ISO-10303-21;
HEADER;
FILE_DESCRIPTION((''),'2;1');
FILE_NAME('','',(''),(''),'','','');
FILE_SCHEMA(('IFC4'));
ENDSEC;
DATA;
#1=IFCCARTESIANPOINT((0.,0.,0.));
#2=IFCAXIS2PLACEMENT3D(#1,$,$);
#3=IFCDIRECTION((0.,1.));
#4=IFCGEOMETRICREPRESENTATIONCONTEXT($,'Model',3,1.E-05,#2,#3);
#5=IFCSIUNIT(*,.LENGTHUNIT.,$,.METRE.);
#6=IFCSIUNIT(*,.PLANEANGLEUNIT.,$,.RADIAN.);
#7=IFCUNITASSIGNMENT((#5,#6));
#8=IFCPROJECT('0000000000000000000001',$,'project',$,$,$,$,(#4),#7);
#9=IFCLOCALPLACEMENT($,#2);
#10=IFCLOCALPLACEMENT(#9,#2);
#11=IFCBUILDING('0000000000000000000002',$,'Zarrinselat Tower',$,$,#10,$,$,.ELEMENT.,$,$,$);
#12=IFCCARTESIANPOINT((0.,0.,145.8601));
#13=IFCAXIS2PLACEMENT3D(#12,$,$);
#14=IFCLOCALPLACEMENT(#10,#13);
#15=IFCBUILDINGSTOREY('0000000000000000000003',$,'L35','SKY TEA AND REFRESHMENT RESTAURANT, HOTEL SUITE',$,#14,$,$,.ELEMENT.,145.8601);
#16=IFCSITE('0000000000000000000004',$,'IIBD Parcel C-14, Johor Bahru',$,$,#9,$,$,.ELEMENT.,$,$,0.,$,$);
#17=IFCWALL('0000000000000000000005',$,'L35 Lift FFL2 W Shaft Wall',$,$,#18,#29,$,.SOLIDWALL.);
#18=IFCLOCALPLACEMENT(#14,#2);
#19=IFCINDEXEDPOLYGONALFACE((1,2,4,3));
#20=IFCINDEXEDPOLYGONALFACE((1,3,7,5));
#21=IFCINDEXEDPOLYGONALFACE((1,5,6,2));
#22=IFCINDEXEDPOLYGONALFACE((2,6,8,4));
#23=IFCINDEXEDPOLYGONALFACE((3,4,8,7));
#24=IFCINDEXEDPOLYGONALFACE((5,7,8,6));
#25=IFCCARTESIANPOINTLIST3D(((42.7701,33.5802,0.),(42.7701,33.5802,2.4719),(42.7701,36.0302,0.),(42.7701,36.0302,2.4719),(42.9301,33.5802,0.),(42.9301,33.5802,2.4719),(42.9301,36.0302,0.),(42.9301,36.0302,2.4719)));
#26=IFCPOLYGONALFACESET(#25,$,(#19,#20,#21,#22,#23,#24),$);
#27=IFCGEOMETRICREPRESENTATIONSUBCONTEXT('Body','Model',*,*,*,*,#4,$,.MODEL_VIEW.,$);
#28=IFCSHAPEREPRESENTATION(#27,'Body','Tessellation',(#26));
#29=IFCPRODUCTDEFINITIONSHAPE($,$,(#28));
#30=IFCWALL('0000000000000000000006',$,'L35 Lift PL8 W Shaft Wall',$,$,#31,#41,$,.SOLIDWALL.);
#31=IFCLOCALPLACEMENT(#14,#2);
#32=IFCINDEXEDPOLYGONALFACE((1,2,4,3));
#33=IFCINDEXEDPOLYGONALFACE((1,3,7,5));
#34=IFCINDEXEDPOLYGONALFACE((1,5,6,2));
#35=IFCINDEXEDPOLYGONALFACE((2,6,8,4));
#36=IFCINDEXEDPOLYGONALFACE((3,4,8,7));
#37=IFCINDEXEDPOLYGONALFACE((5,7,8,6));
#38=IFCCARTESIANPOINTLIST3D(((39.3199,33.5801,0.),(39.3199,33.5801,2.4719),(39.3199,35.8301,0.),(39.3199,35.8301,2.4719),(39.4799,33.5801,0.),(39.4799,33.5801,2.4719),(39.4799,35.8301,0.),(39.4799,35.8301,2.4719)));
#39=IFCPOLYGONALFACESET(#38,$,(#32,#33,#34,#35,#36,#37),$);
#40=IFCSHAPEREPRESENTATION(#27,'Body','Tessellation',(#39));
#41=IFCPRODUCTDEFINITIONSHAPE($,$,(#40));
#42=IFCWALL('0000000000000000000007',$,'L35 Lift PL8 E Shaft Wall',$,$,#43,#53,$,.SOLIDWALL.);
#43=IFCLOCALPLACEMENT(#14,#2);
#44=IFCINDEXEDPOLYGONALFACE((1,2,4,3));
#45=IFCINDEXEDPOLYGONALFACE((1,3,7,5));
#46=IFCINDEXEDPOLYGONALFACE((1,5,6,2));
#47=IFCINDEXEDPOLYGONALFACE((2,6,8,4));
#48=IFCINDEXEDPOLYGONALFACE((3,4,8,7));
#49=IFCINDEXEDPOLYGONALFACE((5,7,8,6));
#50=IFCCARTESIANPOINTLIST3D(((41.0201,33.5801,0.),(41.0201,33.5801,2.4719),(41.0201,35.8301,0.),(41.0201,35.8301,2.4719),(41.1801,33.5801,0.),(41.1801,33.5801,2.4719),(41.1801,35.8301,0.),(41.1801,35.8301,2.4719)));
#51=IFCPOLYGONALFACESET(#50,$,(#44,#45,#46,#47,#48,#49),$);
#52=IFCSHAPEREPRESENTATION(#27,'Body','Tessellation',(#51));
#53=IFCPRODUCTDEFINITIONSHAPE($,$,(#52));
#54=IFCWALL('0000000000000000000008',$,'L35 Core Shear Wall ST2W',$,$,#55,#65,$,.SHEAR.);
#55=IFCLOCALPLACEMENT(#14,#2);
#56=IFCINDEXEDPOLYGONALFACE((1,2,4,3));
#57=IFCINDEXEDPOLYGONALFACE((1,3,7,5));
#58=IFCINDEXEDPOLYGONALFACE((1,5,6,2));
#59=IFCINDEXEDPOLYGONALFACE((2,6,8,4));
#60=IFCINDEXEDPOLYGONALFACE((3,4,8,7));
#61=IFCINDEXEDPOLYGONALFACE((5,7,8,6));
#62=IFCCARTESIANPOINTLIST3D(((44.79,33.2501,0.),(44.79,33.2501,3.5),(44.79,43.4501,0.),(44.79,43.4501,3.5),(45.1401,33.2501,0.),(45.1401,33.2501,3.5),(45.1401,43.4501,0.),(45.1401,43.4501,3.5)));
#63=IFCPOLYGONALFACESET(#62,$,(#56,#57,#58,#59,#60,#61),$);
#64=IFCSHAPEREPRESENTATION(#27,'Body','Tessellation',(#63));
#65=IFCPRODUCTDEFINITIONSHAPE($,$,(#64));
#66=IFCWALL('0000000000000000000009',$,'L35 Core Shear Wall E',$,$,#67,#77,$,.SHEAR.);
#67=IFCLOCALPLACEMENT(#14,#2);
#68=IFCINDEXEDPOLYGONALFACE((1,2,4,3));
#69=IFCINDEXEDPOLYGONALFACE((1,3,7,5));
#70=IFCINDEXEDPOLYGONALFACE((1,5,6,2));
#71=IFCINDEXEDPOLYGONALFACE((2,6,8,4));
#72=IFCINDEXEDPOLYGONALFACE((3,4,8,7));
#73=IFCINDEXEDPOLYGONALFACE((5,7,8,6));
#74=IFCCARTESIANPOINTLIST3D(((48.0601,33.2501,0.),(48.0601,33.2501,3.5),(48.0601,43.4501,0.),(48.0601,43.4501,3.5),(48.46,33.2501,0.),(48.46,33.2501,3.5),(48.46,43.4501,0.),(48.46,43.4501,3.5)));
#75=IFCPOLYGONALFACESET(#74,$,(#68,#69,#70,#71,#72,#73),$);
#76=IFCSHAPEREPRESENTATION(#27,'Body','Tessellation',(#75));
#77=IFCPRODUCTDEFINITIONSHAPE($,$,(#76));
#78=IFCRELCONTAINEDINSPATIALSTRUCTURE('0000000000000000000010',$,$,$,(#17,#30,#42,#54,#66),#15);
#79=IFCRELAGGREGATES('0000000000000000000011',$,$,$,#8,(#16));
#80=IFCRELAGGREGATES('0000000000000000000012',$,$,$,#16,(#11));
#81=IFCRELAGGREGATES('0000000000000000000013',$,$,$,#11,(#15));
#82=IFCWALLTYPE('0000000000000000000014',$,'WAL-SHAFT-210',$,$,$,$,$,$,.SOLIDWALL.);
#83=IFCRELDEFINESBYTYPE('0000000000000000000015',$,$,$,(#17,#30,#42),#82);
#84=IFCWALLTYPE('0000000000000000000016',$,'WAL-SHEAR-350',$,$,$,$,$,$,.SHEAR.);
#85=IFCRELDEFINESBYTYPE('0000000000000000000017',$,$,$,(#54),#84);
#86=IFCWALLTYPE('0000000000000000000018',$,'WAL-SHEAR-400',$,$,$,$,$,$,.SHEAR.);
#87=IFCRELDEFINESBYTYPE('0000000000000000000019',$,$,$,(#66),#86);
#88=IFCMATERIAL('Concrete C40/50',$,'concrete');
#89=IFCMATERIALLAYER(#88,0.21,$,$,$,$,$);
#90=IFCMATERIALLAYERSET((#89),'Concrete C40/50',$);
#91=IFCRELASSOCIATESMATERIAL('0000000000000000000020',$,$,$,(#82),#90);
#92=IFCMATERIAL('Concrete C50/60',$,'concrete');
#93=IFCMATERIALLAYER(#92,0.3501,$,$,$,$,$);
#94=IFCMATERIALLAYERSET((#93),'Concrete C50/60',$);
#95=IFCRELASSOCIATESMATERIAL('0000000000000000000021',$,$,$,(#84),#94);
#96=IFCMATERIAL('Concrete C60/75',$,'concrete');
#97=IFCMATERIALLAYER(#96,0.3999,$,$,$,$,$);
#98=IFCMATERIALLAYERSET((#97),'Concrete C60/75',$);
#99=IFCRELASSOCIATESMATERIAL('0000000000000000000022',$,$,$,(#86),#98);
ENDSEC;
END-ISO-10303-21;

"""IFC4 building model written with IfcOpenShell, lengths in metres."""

from ifc_helpers import new_model, si_unit, direction, frame, frame_2d, origin, place, context, subcontext, project, spatial, rectangle, extrude, material, layer, layer_set, type_object, element, save


model = new_model("IFC4")

# Units and contexts
model_context = context("Model", 3, precision=1e-05, world=origin(), true_north=direction((0.0, 1.0)))
body_context = subcontext(model_context, "Body", "Model", "MODEL_VIEW")
ifc_project = project(units=[si_unit("LENGTHUNIT", "METRE"), si_unit("PLANEANGLEUNIT", "RADIAN")], contexts=[model_context])

# Site, building, storey
site_placement = place(None, origin())
site = spatial("IfcSite", under=ifc_project, at=site_placement, Name="IIBD Parcel C-14, Johor Bahru", CompositionType="ELEMENT", RefElevation=0.0)
building_placement = place(site_placement, origin())
building = spatial("IfcBuilding", under=site, at=building_placement, Name="Zarrinselat Tower", CompositionType="ELEMENT")
storey_placement = place(building_placement, frame((0.0, 0.0, 145.8601)))
storey = spatial("IfcBuildingStorey", under=building, at=storey_placement, Name="L35", Description="SKY TEA AND REFRESHMENT RESTAURANT, HOTEL SUITE", CompositionType="ELEMENT", Elevation=145.8601)

# Walls
ifc_material_1 = material(Name="Concrete C40/50", Category="concrete")
ifc_layer_1 = layer(ifc_material_1, 0.21)
ifc_layer_set_1 = layer_set([ifc_layer_1], Name="Concrete C40/50")
wall_type_1 = type_object("IfcWallType", Name="WAL-SHAFT-210", PredefinedType="SOLIDWALL", material=ifc_layer_set_1)
wall_1_placement = place(storey_placement, frame((42.8501, 33.5801, 0.0), z_axis=(0.0, 0.0, 1.0), x_axis=(0.0, 1.0, 0.0)))
element("IfcWall", 1, at=wall_1_placement, inside=storey, type_object=wall_type_1, Name="L35 Lift FFL2 W Shaft Wall", PredefinedType="SOLIDWALL", context=body_context, shape_type="SweptSolid", body=[
    extrude(rectangle(XDim=2.45, YDim=0.1599, at=frame_2d((1.2251, 0.0))), origin(), (0.0, 0.0, 1.0), 2.4719),
])
for number, where, z_axis, x_axis, name in (
    (2, (39.3999, 33.5801, 0.0), (0.0, 0.0, 1.0), (0.0, 1.0, 0.0), "L35 Lift PL8 W Shaft Wall"),
    (3, (41.1001, 33.5801, 0.0), (0.0, 0.0, 1.0), (0.0, 1.0, 0.0), "L35 Lift PL8 E Shaft Wall"),
):
    element("IfcWall", number, at=place(storey_placement, frame(where, z_axis=z_axis, x_axis=x_axis)), inside=storey, type_object=wall_type_1, Name=name, PredefinedType="SOLIDWALL", context=body_context, shape_type="SweptSolid", body=[
        extrude(rectangle(XDim=2.25, YDim=0.1599, at=frame_2d((1.125, 0.0))), origin(), (0.0, 0.0, 1.0), 2.4719),
    ])
ifc_material_2 = material(Name="Concrete C50/60", Category="concrete")
ifc_layer_2 = layer(ifc_material_2, 0.3501)
ifc_layer_set_2 = layer_set([ifc_layer_2], Name="Concrete C50/60")
wall_type_2 = type_object("IfcWallType", Name="WAL-SHEAR-350", PredefinedType="SHEAR", material=ifc_layer_set_2)
wall_2_placement = place(storey_placement, frame((44.9651, 33.25, 0.0), z_axis=(0.0, 0.0, 1.0), x_axis=(0.0, 1.0, 0.0)))
element("IfcWall", 4, at=wall_2_placement, inside=storey, type_object=wall_type_2, Name="L35 Core Shear Wall ST2W", PredefinedType="SHEAR", context=body_context, shape_type="SweptSolid", body=[
    extrude(rectangle(XDim=10.2, YDim=0.3501, at=frame_2d((5.1001, 0.0))), origin(), (0.0, 0.0, 1.0), 3.5),
])
ifc_material_3 = material(Name="Concrete C60/75", Category="concrete")
ifc_layer_3 = layer(ifc_material_3, 0.3999)
ifc_layer_set_3 = layer_set([ifc_layer_3], Name="Concrete C60/75")
wall_type_3 = type_object("IfcWallType", Name="WAL-SHEAR-400", PredefinedType="SHEAR", material=ifc_layer_set_3)
wall_3_placement = place(storey_placement, frame((48.26, 33.25, 0.0), z_axis=(0.0, 0.0, 1.0), x_axis=(0.0, 1.0, 0.0)))
element("IfcWall", 5, at=wall_3_placement, inside=storey, type_object=wall_type_3, Name="L35 Core Shear Wall E", PredefinedType="SHEAR", context=body_context, shape_type="SweptSolid", body=[
    extrude(rectangle(XDim=10.2, YDim=0.3999, at=frame_2d((5.1001, 0.0))), origin(), (0.0, 0.0, 1.0), 3.5),
])

save(model, "model.ifc")
